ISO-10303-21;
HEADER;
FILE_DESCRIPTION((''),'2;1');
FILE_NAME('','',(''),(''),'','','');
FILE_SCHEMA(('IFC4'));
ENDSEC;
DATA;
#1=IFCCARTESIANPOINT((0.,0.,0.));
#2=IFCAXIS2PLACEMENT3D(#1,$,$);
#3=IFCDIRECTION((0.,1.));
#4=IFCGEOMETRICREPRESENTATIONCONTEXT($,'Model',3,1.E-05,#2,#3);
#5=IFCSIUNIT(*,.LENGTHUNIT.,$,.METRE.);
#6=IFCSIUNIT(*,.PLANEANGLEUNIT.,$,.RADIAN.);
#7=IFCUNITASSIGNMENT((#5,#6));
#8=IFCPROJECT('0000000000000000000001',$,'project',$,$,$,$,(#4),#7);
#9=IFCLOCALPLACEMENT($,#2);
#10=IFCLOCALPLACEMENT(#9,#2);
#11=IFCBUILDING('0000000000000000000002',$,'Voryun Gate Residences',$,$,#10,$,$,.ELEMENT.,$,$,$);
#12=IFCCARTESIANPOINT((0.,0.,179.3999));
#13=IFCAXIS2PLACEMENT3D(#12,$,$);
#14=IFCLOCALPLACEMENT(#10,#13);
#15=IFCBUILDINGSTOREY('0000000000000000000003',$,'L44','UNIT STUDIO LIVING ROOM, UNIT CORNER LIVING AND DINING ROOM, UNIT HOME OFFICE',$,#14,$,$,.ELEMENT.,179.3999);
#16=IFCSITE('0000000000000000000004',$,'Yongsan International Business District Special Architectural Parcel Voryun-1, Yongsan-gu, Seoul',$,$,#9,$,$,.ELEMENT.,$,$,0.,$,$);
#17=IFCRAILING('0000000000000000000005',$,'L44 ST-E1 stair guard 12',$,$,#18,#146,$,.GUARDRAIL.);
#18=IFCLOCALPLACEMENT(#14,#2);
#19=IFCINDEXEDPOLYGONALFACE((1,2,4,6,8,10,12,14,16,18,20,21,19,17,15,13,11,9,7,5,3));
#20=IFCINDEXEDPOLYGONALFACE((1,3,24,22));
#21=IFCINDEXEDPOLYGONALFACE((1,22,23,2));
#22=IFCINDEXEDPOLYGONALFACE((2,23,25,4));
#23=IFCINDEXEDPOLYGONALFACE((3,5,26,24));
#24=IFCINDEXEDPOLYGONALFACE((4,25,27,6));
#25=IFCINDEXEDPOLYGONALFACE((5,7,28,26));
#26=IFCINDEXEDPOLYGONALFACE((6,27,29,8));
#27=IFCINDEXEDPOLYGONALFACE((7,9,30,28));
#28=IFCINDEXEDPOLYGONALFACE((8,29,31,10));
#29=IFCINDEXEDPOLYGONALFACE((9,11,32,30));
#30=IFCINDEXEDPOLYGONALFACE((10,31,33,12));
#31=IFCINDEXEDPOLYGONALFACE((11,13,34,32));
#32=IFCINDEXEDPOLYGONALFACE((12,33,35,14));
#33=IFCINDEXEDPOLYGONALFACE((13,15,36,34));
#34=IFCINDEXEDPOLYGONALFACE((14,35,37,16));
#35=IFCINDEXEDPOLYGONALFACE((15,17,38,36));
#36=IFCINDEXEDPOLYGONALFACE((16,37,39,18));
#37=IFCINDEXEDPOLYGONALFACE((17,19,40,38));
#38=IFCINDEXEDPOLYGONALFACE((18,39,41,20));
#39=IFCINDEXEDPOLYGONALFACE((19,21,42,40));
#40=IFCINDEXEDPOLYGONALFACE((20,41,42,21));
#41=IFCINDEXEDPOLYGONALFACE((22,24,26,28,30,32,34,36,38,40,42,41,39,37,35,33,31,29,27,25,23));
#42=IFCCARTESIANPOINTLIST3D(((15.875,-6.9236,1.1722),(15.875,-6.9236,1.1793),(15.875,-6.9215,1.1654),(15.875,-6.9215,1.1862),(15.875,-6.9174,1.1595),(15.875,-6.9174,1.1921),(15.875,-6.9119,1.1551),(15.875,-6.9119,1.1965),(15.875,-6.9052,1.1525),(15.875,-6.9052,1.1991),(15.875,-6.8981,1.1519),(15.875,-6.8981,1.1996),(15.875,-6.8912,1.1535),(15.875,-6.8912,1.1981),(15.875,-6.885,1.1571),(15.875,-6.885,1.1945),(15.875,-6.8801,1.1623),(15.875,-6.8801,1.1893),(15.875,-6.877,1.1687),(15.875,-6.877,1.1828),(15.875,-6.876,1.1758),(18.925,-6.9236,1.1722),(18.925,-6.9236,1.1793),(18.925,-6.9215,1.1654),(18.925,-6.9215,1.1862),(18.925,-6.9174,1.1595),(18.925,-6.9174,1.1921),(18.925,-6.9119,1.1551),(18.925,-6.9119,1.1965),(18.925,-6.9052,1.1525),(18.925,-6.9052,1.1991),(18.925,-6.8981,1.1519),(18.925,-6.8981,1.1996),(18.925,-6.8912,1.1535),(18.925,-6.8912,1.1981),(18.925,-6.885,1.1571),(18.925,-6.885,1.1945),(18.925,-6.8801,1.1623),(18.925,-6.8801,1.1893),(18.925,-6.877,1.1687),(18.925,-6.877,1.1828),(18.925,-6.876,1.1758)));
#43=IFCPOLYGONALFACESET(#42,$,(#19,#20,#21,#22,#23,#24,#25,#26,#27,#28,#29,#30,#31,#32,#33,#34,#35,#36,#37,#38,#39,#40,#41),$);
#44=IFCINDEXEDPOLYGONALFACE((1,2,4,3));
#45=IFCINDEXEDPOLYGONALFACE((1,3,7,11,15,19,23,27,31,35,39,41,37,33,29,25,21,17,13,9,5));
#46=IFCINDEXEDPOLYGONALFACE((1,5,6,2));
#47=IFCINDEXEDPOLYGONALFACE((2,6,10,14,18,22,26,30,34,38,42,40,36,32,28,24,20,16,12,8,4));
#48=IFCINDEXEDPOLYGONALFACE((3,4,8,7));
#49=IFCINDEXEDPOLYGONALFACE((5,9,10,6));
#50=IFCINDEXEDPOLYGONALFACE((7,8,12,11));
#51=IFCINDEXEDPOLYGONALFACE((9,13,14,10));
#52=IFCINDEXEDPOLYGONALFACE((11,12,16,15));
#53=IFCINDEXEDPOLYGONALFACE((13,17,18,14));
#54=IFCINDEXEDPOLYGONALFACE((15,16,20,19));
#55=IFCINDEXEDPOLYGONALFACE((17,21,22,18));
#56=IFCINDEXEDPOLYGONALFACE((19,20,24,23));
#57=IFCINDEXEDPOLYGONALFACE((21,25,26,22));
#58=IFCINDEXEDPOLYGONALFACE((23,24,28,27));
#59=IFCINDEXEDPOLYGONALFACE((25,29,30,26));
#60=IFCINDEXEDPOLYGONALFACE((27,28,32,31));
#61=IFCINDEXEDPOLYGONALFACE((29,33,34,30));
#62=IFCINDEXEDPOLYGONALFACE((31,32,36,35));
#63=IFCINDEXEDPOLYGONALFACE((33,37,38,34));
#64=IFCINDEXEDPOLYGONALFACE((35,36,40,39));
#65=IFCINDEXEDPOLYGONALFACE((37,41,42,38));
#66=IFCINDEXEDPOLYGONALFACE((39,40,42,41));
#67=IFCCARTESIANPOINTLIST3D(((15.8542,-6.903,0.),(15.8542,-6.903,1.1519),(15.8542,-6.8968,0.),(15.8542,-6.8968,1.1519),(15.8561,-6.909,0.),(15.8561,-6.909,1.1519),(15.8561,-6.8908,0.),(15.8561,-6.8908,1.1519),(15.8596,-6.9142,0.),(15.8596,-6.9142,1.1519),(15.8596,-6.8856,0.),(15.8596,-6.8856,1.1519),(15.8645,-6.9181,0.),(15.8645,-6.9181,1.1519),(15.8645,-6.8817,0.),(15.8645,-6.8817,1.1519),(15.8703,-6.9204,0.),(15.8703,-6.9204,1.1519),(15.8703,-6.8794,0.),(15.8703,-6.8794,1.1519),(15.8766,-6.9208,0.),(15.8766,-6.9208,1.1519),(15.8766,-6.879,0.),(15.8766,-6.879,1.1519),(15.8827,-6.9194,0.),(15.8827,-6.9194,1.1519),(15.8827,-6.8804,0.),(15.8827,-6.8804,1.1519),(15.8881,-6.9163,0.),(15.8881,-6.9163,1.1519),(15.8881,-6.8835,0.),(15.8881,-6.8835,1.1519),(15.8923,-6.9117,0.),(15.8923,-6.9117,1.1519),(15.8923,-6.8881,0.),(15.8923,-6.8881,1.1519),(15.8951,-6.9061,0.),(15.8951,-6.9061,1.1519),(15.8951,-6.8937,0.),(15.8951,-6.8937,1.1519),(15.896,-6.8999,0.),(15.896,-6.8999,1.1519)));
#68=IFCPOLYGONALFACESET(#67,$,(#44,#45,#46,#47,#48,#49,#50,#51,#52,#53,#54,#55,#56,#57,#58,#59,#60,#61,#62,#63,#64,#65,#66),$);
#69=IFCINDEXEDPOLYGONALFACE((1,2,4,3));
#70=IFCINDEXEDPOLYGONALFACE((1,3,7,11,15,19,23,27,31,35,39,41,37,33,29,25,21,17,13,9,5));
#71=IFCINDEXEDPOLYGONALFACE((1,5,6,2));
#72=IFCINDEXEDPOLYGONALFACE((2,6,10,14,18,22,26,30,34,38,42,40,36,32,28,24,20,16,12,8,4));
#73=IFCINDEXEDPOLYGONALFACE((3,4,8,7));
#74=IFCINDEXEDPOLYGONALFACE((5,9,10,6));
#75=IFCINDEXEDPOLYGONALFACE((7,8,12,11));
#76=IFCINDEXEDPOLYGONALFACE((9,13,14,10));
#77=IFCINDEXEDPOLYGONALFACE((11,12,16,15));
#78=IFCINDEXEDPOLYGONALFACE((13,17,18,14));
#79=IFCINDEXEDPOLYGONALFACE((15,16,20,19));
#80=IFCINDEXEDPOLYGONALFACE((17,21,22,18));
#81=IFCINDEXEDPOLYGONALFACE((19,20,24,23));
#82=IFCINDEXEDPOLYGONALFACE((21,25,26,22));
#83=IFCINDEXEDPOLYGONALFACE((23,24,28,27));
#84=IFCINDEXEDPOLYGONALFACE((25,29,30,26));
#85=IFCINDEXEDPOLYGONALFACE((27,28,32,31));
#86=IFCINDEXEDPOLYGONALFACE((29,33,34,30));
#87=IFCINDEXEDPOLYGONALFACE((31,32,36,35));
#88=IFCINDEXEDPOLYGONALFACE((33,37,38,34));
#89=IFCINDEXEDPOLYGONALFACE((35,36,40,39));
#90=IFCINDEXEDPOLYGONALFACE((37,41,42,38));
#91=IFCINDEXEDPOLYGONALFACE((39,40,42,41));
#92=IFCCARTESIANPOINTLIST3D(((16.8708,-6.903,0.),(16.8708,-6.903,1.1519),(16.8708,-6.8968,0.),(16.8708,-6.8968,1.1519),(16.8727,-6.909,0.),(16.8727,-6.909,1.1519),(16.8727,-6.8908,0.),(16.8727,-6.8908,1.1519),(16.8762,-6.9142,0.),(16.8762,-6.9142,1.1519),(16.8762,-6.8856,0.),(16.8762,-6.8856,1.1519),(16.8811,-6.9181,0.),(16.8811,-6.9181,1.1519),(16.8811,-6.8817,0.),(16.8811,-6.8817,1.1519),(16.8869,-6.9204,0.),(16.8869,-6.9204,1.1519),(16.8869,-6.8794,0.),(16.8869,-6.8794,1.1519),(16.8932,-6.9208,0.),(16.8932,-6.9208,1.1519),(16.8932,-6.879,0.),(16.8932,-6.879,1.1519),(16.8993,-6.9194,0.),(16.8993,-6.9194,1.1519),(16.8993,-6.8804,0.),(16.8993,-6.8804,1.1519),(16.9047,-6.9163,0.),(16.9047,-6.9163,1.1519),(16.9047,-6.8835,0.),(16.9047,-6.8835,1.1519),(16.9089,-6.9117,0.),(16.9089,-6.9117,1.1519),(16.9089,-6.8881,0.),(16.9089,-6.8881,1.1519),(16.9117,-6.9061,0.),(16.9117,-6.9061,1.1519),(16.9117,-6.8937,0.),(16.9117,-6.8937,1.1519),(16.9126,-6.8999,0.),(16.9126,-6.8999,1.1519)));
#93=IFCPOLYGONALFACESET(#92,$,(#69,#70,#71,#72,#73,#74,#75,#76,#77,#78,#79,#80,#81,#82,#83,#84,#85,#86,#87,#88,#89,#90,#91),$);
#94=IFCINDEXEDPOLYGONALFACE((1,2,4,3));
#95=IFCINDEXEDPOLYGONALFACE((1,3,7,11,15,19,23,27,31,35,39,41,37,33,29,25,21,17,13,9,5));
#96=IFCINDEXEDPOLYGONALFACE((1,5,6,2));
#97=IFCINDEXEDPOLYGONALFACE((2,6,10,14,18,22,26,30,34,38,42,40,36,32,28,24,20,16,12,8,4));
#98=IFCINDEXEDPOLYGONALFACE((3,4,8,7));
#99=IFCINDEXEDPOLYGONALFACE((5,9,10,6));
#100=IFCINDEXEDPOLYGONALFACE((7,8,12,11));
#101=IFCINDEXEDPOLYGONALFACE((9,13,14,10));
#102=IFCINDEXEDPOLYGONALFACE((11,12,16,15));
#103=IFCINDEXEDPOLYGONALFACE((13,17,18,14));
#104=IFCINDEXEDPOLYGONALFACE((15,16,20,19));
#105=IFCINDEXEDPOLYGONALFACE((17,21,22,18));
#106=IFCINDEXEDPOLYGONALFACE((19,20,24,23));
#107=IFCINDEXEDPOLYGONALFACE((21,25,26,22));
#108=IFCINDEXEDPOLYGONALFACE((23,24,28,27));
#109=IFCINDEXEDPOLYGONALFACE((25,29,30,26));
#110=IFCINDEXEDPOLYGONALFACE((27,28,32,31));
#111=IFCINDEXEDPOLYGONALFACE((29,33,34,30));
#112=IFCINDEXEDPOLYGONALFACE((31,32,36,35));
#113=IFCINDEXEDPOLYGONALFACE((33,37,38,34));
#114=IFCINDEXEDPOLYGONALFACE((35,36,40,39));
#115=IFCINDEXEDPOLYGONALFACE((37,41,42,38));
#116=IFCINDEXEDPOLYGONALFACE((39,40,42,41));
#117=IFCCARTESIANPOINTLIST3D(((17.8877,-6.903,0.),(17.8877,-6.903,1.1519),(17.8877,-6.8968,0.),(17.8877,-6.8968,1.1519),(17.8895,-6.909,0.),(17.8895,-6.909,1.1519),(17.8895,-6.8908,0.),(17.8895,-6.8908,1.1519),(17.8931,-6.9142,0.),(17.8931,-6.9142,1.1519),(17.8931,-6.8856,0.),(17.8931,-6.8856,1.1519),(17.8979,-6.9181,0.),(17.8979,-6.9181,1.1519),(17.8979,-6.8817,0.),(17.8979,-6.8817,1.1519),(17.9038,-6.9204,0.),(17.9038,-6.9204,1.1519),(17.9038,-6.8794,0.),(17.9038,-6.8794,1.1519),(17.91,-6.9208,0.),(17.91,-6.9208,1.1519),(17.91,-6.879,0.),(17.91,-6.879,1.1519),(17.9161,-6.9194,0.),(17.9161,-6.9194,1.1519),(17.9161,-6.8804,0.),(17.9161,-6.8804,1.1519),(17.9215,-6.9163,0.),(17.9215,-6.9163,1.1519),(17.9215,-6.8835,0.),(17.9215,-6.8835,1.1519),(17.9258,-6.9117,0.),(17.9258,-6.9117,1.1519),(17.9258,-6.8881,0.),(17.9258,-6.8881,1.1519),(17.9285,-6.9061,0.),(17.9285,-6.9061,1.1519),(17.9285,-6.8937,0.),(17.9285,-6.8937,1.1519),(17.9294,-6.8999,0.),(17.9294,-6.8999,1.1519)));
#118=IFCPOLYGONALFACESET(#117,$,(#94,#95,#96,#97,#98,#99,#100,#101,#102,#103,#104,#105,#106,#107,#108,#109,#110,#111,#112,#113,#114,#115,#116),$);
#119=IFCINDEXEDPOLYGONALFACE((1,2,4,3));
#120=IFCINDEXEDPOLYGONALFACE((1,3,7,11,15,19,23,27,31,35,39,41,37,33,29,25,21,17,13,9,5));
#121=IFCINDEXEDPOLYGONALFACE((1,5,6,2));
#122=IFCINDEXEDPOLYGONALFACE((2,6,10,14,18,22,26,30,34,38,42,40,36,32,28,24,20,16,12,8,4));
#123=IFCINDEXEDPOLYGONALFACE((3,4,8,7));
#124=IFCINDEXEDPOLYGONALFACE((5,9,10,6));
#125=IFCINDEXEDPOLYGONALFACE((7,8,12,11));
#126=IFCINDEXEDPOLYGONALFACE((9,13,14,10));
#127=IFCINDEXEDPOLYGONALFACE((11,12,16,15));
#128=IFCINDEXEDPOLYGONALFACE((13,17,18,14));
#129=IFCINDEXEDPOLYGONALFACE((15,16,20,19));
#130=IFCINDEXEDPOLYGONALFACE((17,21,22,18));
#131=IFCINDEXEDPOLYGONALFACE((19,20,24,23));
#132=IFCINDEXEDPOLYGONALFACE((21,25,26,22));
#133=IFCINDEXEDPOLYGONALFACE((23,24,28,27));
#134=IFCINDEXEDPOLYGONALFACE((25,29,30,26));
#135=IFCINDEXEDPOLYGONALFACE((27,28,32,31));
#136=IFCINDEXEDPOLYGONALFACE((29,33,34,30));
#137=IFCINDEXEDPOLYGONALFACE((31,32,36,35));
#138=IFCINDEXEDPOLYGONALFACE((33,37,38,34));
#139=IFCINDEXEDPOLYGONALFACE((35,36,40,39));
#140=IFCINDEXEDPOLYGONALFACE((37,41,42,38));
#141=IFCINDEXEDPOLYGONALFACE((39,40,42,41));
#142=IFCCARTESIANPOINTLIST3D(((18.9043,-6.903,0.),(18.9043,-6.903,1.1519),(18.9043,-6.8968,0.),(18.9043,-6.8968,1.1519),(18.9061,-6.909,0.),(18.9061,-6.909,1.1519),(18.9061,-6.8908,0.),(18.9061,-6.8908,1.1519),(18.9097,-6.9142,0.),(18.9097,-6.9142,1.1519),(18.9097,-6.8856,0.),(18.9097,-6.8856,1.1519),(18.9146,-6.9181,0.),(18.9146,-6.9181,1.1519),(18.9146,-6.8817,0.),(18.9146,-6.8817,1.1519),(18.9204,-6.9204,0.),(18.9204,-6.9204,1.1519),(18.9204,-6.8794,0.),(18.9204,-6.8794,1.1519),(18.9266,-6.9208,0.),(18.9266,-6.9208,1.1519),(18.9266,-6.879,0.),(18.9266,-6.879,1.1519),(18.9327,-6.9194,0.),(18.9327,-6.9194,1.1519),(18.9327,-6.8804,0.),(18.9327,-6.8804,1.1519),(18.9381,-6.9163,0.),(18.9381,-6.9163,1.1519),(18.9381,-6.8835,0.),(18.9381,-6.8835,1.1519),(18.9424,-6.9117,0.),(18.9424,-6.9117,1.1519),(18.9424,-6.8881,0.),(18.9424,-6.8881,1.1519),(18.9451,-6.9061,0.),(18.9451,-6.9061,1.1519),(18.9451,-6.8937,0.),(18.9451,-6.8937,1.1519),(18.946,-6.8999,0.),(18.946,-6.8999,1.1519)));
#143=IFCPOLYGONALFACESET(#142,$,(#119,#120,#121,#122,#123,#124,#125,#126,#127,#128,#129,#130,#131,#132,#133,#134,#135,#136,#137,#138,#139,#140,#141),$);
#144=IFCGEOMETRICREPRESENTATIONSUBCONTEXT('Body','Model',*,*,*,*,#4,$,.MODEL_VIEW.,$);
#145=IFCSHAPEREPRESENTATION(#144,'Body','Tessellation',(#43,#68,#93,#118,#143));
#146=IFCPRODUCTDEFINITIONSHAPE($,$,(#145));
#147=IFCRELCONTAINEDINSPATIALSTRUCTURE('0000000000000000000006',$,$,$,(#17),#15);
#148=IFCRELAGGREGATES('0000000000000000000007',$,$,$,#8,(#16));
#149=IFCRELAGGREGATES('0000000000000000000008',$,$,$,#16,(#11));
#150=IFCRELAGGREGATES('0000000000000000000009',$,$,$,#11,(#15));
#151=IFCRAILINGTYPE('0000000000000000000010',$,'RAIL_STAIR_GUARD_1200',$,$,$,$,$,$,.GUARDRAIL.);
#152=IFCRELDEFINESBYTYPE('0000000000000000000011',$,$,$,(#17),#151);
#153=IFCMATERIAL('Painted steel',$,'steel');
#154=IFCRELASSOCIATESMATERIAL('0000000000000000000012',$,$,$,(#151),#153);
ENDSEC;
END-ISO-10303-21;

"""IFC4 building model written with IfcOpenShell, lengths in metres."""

from ifc_helpers import new_model, si_unit, direction, frame, origin, origin_2d, place, context, subcontext, project, spatial, circle, extrude, material, type_object, element, save


model = new_model("IFC4")

# Units and contexts
model_context = context("Model", 3, precision=1e-05, world=origin(), true_north=direction((0.0, 1.0)))
body_context = subcontext(model_context, "Body", "Model", "MODEL_VIEW")
ifc_project = project(units=[si_unit("LENGTHUNIT", "METRE"), si_unit("PLANEANGLEUNIT", "RADIAN")], contexts=[model_context])

# Site, building, storey
site_placement = place(None, origin())
site = spatial("IfcSite", under=ifc_project, at=site_placement, Name="Yongsan International Business District Special Architectural Parcel Voryun-1, Yongsan-gu, Seoul", CompositionType="ELEMENT", RefElevation=0.0)
building_placement = place(site_placement, origin())
building = spatial("IfcBuilding", under=site, at=building_placement, Name="Voryun Gate Residences", CompositionType="ELEMENT")
storey_placement = place(building_placement, frame((0.0, 0.0, 179.3999)))
storey = spatial("IfcBuildingStorey", under=building, at=storey_placement, Name="L44", Description="UNIT STUDIO LIVING ROOM, UNIT CORNER LIVING AND DINING ROOM, UNIT HOME OFFICE", CompositionType="ELEMENT", Elevation=179.3999)

# Railing
ifc_material_1 = material(Name="Painted steel", Category="steel")
railing_type_1 = type_object("IfcRailingType", Name="RAIL_STAIR_GUARD_1200", PredefinedType="GUARDRAIL", material=ifc_material_1)
railing_1_placement = place(storey_placement, frame((15.875, -6.8999, 0.0)))
element("IfcRailing", 1, at=railing_1_placement, inside=storey, type_object=railing_type_1, Name="L44 ST-E1 stair guard 12", PredefinedType="GUARDRAIL", context=body_context, shape_type="SweptSolid", body=[
    extrude(circle(Radius=0.0239, at=origin_2d()), frame((0.0, 0.0, 1.1758), z_axis=(1.0, 0.0, 0.0), x_axis=(0.0, 1.0, 0.0)), (0.0, 0.0, 1.0), 3.05),
    extrude(circle(Radius=0.021, at=origin_2d()), origin(), (0.0, 0.0, 1.0), 1.1519),
    extrude(circle(Radius=0.021, at=origin_2d()), frame((1.0166, 0.0, 0.0)), (0.0, 0.0, 1.0), 1.1519),
    extrude(circle(Radius=0.021, at=origin_2d()), frame((2.0334, 0.0, 0.0)), (0.0, 0.0, 1.0), 1.1519),
    extrude(circle(Radius=0.021, at=origin_2d()), frame((3.05, 0.0, 0.0)), (0.0, 0.0, 1.0), 1.1519),
])

save(model, "model.ifc")
